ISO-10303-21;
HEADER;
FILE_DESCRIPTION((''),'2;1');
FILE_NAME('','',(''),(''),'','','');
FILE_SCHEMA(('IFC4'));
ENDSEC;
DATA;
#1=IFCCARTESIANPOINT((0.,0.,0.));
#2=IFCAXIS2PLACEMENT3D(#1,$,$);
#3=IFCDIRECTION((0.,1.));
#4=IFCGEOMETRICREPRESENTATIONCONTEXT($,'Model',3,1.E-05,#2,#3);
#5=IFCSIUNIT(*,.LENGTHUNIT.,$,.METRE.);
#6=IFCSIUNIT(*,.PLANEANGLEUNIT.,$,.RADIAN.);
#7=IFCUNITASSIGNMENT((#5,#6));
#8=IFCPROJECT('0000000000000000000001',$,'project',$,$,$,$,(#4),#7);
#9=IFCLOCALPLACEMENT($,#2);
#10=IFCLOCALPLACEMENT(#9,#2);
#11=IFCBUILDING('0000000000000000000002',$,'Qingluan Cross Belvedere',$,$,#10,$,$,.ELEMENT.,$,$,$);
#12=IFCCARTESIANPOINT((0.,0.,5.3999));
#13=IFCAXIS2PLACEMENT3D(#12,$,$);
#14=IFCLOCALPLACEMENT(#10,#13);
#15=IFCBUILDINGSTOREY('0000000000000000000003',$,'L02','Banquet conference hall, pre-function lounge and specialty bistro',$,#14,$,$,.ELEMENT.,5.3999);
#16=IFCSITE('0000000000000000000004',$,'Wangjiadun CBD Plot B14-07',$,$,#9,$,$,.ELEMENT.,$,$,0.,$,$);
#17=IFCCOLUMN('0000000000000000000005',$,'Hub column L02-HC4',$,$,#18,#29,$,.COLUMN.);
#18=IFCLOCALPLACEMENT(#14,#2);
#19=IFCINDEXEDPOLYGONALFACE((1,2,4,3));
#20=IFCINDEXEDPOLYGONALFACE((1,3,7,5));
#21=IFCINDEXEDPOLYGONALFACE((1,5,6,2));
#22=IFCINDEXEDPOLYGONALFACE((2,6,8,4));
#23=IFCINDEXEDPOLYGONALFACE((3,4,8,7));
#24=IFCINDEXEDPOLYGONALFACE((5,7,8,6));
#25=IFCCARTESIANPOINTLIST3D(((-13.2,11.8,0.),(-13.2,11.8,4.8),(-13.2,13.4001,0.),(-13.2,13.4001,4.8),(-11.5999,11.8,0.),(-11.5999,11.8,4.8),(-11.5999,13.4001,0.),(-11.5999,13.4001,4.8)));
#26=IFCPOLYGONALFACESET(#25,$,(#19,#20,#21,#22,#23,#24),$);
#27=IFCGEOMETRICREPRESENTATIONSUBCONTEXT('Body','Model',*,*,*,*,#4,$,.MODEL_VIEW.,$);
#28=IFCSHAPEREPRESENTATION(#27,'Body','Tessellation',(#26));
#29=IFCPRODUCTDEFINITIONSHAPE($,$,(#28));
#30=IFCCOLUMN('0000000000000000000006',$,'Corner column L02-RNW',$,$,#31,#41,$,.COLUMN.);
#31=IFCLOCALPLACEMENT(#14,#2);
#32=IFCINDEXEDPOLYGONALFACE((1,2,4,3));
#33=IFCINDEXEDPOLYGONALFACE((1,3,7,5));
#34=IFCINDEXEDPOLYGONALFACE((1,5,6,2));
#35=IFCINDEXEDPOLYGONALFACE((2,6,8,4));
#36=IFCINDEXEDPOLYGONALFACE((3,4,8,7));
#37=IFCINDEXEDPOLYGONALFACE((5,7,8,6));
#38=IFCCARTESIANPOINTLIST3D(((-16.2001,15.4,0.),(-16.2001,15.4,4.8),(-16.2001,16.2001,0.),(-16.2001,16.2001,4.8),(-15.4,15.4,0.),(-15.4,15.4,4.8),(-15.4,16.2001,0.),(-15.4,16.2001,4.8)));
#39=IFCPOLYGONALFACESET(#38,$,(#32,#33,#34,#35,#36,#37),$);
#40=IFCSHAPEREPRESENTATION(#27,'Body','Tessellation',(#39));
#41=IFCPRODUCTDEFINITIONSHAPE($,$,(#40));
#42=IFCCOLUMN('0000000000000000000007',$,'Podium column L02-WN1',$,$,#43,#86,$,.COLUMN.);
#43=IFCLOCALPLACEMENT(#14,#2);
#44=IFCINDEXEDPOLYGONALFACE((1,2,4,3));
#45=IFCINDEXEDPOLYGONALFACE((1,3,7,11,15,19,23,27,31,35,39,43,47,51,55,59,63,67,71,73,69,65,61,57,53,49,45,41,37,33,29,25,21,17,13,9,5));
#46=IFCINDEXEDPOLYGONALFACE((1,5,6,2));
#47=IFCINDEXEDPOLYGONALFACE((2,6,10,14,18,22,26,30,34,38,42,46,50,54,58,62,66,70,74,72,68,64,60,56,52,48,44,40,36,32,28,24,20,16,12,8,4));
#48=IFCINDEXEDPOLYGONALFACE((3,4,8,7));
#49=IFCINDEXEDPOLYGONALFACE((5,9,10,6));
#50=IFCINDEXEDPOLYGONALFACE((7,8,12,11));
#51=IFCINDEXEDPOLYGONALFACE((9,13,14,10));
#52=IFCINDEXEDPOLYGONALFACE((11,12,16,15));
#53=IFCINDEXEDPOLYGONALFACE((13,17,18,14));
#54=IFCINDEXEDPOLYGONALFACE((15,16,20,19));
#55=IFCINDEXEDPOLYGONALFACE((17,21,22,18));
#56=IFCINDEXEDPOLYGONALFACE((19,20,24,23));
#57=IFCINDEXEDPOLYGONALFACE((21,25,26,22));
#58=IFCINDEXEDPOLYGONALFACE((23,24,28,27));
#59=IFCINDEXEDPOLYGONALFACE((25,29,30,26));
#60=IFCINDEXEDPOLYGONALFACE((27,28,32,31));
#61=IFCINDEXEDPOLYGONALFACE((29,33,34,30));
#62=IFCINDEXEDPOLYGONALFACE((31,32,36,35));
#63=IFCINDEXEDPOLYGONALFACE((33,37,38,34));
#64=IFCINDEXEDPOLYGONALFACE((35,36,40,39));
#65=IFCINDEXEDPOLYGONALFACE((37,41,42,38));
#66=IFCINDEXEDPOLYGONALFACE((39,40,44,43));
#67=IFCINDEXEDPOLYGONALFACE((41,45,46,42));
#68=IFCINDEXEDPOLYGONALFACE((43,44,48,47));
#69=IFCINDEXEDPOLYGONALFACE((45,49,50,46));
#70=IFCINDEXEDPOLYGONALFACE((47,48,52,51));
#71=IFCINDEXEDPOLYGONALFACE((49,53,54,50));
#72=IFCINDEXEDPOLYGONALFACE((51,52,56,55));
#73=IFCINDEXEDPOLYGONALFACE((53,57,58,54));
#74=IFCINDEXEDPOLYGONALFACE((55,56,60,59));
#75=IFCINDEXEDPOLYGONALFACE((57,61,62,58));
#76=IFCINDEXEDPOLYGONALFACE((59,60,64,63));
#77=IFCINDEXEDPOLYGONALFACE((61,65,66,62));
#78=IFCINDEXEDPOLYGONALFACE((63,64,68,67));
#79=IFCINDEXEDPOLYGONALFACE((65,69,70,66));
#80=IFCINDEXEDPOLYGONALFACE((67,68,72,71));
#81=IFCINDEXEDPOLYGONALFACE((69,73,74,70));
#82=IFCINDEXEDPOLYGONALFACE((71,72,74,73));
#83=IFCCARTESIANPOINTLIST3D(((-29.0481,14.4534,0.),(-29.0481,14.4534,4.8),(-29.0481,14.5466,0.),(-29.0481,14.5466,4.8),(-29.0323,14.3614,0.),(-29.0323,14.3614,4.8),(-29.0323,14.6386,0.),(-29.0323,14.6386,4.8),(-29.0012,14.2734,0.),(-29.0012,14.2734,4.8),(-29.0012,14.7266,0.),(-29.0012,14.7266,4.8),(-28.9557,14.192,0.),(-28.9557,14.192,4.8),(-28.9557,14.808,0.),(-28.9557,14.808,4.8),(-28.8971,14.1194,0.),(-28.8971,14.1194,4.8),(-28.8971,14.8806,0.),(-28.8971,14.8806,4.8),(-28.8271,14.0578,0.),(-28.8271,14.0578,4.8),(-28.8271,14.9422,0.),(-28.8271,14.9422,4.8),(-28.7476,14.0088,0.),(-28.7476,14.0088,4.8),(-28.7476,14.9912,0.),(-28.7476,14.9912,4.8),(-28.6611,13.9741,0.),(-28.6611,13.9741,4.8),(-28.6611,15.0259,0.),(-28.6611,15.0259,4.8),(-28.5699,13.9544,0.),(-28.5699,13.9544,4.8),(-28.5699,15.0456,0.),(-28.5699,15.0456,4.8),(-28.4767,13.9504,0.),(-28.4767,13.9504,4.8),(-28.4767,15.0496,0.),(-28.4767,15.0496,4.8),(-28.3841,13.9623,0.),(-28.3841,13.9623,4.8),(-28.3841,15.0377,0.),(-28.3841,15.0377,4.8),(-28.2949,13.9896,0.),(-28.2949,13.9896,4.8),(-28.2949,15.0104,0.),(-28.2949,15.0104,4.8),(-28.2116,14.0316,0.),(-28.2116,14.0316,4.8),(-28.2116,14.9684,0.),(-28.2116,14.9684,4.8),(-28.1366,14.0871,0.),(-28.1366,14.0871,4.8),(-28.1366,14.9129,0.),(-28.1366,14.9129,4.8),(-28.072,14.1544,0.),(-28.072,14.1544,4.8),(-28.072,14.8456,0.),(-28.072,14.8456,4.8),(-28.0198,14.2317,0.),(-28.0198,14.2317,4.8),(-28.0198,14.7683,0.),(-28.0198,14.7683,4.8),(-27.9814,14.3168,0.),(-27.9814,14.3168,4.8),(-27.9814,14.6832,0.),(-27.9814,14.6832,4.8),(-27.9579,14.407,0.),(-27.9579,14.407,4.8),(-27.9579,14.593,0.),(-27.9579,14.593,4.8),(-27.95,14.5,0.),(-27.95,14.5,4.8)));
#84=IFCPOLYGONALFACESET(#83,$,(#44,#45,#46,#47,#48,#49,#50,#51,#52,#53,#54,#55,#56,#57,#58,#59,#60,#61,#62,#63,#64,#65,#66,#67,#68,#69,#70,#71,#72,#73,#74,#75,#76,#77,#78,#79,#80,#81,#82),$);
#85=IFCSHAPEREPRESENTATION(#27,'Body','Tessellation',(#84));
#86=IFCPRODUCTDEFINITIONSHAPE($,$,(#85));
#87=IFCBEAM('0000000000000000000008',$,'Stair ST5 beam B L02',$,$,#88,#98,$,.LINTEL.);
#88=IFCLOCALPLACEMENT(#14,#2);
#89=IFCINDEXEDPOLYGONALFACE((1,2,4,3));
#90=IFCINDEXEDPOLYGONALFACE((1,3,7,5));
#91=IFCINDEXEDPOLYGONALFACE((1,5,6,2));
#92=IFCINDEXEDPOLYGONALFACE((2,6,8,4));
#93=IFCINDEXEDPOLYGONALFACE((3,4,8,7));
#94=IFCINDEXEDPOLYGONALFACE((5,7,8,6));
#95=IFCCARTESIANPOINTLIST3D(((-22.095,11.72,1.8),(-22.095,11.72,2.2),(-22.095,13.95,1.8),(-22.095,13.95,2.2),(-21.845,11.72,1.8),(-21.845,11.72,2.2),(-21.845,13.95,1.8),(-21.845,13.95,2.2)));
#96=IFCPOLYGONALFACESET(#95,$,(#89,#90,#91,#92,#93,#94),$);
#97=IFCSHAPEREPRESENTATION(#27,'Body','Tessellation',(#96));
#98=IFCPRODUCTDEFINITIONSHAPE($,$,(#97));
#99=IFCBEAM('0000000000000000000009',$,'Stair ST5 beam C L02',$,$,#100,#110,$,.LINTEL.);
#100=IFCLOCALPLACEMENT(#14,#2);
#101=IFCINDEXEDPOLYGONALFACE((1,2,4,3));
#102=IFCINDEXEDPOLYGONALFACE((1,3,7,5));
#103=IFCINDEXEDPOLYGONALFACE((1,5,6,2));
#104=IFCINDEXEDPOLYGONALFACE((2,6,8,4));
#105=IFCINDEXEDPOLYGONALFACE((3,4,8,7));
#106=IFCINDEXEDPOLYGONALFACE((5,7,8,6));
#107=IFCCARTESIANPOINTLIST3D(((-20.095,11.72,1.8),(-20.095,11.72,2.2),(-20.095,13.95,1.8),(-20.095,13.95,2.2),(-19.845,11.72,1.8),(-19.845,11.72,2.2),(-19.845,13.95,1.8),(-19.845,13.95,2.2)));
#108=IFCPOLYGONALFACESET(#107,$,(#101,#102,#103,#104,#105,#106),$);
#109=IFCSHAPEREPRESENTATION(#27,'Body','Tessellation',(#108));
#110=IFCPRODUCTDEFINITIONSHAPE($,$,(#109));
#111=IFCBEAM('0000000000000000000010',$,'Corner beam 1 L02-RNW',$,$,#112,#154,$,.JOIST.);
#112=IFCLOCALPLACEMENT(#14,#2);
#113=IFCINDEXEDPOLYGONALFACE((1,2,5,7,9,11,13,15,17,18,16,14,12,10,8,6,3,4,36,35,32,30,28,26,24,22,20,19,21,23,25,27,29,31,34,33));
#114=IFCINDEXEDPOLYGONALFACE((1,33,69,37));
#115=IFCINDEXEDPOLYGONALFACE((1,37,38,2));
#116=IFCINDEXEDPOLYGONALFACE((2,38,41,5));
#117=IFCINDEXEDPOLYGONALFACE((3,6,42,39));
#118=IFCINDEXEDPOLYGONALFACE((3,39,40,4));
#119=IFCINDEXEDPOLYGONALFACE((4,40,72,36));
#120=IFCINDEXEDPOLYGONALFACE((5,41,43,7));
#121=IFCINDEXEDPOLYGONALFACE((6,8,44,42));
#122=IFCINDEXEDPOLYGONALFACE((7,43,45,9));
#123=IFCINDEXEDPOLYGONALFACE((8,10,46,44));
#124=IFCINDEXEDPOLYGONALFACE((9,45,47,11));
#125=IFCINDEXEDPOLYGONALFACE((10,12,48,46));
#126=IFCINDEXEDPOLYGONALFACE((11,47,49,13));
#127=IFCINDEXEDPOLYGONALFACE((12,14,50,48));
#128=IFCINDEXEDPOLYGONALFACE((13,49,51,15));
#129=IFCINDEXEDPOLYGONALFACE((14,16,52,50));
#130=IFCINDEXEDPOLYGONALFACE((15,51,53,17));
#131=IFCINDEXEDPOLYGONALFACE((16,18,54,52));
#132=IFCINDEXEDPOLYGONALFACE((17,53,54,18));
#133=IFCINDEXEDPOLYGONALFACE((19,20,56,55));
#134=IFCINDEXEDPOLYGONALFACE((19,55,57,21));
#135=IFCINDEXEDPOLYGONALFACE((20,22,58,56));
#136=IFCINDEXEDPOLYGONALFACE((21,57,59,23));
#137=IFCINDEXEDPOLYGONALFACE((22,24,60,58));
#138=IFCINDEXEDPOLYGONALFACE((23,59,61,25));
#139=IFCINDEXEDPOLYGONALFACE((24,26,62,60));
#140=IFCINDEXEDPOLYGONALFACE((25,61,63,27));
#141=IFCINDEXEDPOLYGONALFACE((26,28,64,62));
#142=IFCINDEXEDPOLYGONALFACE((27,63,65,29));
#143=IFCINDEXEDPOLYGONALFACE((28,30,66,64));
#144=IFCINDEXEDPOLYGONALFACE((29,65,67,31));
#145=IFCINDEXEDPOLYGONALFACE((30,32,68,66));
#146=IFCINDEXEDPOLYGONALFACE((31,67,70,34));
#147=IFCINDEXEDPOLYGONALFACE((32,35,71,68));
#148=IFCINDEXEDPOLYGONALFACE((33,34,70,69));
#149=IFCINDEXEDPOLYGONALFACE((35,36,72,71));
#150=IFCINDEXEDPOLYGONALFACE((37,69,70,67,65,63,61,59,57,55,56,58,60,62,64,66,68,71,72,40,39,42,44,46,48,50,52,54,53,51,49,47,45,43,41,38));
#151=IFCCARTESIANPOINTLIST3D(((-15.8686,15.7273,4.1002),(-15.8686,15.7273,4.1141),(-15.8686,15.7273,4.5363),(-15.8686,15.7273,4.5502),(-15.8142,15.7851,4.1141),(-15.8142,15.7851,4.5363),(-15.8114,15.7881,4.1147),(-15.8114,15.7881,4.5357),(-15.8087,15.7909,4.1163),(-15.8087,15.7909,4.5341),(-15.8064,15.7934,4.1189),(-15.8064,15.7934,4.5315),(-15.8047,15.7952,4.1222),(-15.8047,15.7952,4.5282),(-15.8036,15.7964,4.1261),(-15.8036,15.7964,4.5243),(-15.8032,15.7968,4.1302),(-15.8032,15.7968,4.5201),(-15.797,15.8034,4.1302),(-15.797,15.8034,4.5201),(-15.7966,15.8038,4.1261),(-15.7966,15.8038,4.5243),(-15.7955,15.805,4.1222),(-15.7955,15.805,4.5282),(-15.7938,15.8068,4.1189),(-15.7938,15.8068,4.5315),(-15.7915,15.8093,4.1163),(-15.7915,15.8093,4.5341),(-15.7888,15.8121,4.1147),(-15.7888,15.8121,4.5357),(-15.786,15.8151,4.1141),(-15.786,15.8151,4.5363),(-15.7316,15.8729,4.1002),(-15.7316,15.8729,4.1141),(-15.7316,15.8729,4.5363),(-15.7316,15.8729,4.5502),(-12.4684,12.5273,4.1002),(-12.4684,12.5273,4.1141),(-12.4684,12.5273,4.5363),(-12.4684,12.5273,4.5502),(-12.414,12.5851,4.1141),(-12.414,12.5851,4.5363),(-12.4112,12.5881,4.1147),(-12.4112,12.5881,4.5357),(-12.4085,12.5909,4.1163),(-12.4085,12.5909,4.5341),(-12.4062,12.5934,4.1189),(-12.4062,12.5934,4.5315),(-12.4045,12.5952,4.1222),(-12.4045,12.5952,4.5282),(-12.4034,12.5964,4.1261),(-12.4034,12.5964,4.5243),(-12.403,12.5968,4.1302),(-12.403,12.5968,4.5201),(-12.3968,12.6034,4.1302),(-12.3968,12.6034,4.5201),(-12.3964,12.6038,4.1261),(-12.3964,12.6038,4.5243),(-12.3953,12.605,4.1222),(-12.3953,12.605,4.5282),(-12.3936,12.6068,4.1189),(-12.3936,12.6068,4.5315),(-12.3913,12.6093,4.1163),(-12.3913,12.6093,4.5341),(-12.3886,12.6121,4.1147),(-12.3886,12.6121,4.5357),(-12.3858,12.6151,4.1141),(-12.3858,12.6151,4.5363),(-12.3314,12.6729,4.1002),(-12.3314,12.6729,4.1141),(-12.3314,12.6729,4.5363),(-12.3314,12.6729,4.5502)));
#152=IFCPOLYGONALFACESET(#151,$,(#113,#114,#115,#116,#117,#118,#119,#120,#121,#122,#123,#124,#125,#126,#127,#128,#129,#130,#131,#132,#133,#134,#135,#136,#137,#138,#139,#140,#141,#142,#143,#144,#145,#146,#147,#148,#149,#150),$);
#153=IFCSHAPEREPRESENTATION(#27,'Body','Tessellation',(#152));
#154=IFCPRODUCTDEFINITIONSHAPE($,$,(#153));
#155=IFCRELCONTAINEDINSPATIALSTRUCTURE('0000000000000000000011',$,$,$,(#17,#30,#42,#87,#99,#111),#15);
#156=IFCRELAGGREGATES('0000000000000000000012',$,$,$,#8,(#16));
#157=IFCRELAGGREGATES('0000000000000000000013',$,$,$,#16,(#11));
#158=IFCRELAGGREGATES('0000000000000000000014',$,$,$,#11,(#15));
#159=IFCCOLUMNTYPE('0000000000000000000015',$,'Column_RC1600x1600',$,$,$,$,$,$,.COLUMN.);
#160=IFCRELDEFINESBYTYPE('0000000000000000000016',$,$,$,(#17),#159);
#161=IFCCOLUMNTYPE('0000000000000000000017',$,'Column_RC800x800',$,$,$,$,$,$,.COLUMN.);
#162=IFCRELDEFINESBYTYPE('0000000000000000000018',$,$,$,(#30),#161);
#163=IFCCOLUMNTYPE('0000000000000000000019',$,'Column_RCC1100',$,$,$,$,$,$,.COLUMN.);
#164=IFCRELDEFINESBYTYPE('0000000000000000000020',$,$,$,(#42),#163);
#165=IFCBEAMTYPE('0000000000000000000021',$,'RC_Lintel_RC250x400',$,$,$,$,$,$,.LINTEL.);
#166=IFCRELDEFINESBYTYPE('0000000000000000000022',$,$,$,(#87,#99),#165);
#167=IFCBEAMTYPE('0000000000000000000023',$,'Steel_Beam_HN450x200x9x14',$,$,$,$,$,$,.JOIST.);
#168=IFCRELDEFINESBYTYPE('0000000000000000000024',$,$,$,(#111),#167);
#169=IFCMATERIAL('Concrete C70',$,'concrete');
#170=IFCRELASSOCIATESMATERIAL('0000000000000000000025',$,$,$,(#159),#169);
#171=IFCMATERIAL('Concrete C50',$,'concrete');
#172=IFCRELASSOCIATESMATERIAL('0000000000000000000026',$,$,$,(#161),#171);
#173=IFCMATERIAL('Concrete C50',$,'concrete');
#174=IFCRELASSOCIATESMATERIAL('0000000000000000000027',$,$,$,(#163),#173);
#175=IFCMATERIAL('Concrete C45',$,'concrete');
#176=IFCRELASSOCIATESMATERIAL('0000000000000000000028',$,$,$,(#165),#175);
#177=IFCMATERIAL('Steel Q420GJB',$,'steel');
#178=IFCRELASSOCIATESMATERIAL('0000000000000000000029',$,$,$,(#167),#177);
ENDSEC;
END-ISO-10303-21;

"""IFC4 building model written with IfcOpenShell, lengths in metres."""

from ifc_helpers import new_model, si_unit, direction, frame, origin, origin_2d, place, context, subcontext, project, spatial, rectangle, circle, i_section, extrude, material, material_profile, profile_set, type_object, element, save


model = new_model("IFC4")

# Units and contexts
model_context = context("Model", 3, precision=1e-05, world=origin(), true_north=direction((0.0, 1.0)))
body_context = subcontext(model_context, "Body", "Model", "MODEL_VIEW")
ifc_project = project(units=[si_unit("LENGTHUNIT", "METRE"), si_unit("PLANEANGLEUNIT", "RADIAN")], contexts=[model_context])

# Site, building, storey
site_placement = place(None, origin())
site = spatial("IfcSite", under=ifc_project, at=site_placement, Name="Wangjiadun CBD Plot B14-07", CompositionType="ELEMENT", RefElevation=0.0)
building_placement = place(site_placement, origin())
building = spatial("IfcBuilding", under=site, at=building_placement, Name="Qingluan Cross Belvedere", CompositionType="ELEMENT")
storey_placement = place(building_placement, frame((0.0, 0.0, 5.3999)))
storey = spatial("IfcBuildingStorey", under=building, at=storey_placement, Name="L02", Description="Banquet conference hall, pre-function lounge and specialty bistro", CompositionType="ELEMENT", Elevation=5.3999)

# Columns
ifc_material_1 = material(Name="Concrete C70", Category="concrete")
ifc_material_profile_1 = material_profile(ifc_material_1, rectangle(XDim=1.6001, YDim=1.6001, at=origin_2d()), Name="RC1600x1600")
ifc_profile_set_1 = profile_set([ifc_material_profile_1], Name="Concrete C70")
column_type_1 = type_object("IfcColumnType", Name="Column_RC1600x1600", PredefinedType="COLUMN", material=ifc_profile_set_1)
column_1_placement = place(storey_placement, frame((-12.3999, 12.6001, 0.0), z_axis=(0.0, 0.0, 1.0), x_axis=(1.0, 0.0, 0.0)))
element("IfcColumn", 1, at=column_1_placement, inside=storey, type_object=column_type_1, Name="Hub column L02-HC4", PredefinedType="COLUMN", context=body_context, shape_type="SweptSolid", body=[
    extrude(rectangle(XDim=1.6001, YDim=1.6001, at=origin_2d()), origin(), (0.0, 0.0, 1.0), 4.8),
])
ifc_material_2 = material(Name="Concrete C50", Category="concrete")
ifc_material_profile_2 = material_profile(ifc_material_2, rectangle(XDim=0.8, YDim=0.8, at=origin_2d()), Name="RC800x800")
ifc_profile_set_2 = profile_set([ifc_material_profile_2], Name="Concrete C50")
column_type_2 = type_object("IfcColumnType", Name="Column_RC800x800", PredefinedType="COLUMN", material=ifc_profile_set_2)
column_2_placement = place(storey_placement, frame((-15.8, 15.8, 0.0), z_axis=(0.0, 0.0, 1.0), x_axis=(1.0, 0.0, 0.0)))
element("IfcColumn", 2, at=column_2_placement, inside=storey, type_object=column_type_2, Name="Corner column L02-RNW", PredefinedType="COLUMN", context=body_context, shape_type="SweptSolid", body=[
    extrude(rectangle(XDim=0.8, YDim=0.8, at=origin_2d()), origin(), (0.0, 0.0, 1.0), 4.8),
])
ifc_material_3 = material(Name="Concrete C50", Category="concrete")
ifc_material_profile_3 = material_profile(ifc_material_3, circle(Radius=0.55, at=origin_2d()), Name="RCC1100")
ifc_profile_set_3 = profile_set([ifc_material_profile_3], Name="Concrete C50")
column_type_3 = type_object("IfcColumnType", Name="Column_RCC1100", PredefinedType="COLUMN", material=ifc_profile_set_3)
column_3_placement = place(storey_placement, frame((-28.5, 14.5, 0.0), z_axis=(0.0, 0.0, 1.0), x_axis=(1.0, 0.0, 0.0)))
element("IfcColumn", 3, at=column_3_placement, inside=storey, type_object=column_type_3, Name="Podium column L02-WN1", PredefinedType="COLUMN", context=body_context, shape_type="SweptSolid", body=[
    extrude(circle(Radius=0.55, at=origin_2d()), origin(), (0.0, 0.0, 1.0), 4.8),
])

# Beams
ifc_material_4 = material(Name="Concrete C45", Category="concrete")
ifc_material_profile_4 = material_profile(ifc_material_4, rectangle(XDim=0.25, YDim=0.3999, at=origin_2d()), Name="RC250x400")
ifc_profile_set_4 = profile_set([ifc_material_profile_4], Name="Concrete C45")
beam_type_1 = type_object("IfcBeamType", Name="RC_Lintel_RC250x400", PredefinedType="LINTEL", material=ifc_profile_set_4)
for number, where, z_axis, x_axis, name in (
    (4, (-21.97, 13.95, 2.0), (0.0, -1.0, 0.0), (1.0, 0.0, 0.0), "Stair ST5 beam B L02"),
    (5, (-19.97, 13.95, 2.0), (0.0, -1.0, 0.0), (1.0, 0.0, 0.0), "Stair ST5 beam C L02"),
):
    element("IfcBeam", number, at=place(storey_placement, frame(where, z_axis=z_axis, x_axis=x_axis)), inside=storey, type_object=beam_type_1, Name=name, PredefinedType="LINTEL", context=body_context, shape_type="SweptSolid", body=[
        extrude(rectangle(XDim=0.25, YDim=0.3999, at=origin_2d()), origin(), (0.0, 0.0, 1.0), 2.23),
    ])
ifc_material_5 = material(Name="Steel Q420GJB", Category="steel")
ifc_material_profile_5 = material_profile(ifc_material_5, i_section(OverallWidth=0.2, OverallDepth=0.45, WebThickness=0.009, FlangeThickness=0.0139, FilletRadius=0.0161, at=origin_2d()), Name="HN450x200x9x14")
ifc_profile_set_5 = profile_set([ifc_material_profile_5], Name="Steel Q420GJB")
beam_type_2 = type_object("IfcBeamType", Name="Steel_Beam_HN450x200x9x14", PredefinedType="JOIST", material=ifc_profile_set_5)
beam_1_placement = place(storey_placement, frame((-12.3999, 12.6001, 4.3252), z_axis=(-0.72822, 0.685343, 0.0), x_axis=(-0.685343, -0.72822, 0.0)))
element("IfcBeam", 6, at=beam_1_placement, inside=storey, type_object=beam_type_2, Name="Corner beam 1 L02-RNW", PredefinedType="JOIST", context=body_context, shape_type="SweptSolid", body=[
    extrude(i_section(OverallWidth=0.2, OverallDepth=0.45, WebThickness=0.009, FlangeThickness=0.0139, FilletRadius=0.0161, at=origin_2d()), origin(), (0.0, 0.0, 1.0), 4.6692),
])

save(model, "model.ifc")
